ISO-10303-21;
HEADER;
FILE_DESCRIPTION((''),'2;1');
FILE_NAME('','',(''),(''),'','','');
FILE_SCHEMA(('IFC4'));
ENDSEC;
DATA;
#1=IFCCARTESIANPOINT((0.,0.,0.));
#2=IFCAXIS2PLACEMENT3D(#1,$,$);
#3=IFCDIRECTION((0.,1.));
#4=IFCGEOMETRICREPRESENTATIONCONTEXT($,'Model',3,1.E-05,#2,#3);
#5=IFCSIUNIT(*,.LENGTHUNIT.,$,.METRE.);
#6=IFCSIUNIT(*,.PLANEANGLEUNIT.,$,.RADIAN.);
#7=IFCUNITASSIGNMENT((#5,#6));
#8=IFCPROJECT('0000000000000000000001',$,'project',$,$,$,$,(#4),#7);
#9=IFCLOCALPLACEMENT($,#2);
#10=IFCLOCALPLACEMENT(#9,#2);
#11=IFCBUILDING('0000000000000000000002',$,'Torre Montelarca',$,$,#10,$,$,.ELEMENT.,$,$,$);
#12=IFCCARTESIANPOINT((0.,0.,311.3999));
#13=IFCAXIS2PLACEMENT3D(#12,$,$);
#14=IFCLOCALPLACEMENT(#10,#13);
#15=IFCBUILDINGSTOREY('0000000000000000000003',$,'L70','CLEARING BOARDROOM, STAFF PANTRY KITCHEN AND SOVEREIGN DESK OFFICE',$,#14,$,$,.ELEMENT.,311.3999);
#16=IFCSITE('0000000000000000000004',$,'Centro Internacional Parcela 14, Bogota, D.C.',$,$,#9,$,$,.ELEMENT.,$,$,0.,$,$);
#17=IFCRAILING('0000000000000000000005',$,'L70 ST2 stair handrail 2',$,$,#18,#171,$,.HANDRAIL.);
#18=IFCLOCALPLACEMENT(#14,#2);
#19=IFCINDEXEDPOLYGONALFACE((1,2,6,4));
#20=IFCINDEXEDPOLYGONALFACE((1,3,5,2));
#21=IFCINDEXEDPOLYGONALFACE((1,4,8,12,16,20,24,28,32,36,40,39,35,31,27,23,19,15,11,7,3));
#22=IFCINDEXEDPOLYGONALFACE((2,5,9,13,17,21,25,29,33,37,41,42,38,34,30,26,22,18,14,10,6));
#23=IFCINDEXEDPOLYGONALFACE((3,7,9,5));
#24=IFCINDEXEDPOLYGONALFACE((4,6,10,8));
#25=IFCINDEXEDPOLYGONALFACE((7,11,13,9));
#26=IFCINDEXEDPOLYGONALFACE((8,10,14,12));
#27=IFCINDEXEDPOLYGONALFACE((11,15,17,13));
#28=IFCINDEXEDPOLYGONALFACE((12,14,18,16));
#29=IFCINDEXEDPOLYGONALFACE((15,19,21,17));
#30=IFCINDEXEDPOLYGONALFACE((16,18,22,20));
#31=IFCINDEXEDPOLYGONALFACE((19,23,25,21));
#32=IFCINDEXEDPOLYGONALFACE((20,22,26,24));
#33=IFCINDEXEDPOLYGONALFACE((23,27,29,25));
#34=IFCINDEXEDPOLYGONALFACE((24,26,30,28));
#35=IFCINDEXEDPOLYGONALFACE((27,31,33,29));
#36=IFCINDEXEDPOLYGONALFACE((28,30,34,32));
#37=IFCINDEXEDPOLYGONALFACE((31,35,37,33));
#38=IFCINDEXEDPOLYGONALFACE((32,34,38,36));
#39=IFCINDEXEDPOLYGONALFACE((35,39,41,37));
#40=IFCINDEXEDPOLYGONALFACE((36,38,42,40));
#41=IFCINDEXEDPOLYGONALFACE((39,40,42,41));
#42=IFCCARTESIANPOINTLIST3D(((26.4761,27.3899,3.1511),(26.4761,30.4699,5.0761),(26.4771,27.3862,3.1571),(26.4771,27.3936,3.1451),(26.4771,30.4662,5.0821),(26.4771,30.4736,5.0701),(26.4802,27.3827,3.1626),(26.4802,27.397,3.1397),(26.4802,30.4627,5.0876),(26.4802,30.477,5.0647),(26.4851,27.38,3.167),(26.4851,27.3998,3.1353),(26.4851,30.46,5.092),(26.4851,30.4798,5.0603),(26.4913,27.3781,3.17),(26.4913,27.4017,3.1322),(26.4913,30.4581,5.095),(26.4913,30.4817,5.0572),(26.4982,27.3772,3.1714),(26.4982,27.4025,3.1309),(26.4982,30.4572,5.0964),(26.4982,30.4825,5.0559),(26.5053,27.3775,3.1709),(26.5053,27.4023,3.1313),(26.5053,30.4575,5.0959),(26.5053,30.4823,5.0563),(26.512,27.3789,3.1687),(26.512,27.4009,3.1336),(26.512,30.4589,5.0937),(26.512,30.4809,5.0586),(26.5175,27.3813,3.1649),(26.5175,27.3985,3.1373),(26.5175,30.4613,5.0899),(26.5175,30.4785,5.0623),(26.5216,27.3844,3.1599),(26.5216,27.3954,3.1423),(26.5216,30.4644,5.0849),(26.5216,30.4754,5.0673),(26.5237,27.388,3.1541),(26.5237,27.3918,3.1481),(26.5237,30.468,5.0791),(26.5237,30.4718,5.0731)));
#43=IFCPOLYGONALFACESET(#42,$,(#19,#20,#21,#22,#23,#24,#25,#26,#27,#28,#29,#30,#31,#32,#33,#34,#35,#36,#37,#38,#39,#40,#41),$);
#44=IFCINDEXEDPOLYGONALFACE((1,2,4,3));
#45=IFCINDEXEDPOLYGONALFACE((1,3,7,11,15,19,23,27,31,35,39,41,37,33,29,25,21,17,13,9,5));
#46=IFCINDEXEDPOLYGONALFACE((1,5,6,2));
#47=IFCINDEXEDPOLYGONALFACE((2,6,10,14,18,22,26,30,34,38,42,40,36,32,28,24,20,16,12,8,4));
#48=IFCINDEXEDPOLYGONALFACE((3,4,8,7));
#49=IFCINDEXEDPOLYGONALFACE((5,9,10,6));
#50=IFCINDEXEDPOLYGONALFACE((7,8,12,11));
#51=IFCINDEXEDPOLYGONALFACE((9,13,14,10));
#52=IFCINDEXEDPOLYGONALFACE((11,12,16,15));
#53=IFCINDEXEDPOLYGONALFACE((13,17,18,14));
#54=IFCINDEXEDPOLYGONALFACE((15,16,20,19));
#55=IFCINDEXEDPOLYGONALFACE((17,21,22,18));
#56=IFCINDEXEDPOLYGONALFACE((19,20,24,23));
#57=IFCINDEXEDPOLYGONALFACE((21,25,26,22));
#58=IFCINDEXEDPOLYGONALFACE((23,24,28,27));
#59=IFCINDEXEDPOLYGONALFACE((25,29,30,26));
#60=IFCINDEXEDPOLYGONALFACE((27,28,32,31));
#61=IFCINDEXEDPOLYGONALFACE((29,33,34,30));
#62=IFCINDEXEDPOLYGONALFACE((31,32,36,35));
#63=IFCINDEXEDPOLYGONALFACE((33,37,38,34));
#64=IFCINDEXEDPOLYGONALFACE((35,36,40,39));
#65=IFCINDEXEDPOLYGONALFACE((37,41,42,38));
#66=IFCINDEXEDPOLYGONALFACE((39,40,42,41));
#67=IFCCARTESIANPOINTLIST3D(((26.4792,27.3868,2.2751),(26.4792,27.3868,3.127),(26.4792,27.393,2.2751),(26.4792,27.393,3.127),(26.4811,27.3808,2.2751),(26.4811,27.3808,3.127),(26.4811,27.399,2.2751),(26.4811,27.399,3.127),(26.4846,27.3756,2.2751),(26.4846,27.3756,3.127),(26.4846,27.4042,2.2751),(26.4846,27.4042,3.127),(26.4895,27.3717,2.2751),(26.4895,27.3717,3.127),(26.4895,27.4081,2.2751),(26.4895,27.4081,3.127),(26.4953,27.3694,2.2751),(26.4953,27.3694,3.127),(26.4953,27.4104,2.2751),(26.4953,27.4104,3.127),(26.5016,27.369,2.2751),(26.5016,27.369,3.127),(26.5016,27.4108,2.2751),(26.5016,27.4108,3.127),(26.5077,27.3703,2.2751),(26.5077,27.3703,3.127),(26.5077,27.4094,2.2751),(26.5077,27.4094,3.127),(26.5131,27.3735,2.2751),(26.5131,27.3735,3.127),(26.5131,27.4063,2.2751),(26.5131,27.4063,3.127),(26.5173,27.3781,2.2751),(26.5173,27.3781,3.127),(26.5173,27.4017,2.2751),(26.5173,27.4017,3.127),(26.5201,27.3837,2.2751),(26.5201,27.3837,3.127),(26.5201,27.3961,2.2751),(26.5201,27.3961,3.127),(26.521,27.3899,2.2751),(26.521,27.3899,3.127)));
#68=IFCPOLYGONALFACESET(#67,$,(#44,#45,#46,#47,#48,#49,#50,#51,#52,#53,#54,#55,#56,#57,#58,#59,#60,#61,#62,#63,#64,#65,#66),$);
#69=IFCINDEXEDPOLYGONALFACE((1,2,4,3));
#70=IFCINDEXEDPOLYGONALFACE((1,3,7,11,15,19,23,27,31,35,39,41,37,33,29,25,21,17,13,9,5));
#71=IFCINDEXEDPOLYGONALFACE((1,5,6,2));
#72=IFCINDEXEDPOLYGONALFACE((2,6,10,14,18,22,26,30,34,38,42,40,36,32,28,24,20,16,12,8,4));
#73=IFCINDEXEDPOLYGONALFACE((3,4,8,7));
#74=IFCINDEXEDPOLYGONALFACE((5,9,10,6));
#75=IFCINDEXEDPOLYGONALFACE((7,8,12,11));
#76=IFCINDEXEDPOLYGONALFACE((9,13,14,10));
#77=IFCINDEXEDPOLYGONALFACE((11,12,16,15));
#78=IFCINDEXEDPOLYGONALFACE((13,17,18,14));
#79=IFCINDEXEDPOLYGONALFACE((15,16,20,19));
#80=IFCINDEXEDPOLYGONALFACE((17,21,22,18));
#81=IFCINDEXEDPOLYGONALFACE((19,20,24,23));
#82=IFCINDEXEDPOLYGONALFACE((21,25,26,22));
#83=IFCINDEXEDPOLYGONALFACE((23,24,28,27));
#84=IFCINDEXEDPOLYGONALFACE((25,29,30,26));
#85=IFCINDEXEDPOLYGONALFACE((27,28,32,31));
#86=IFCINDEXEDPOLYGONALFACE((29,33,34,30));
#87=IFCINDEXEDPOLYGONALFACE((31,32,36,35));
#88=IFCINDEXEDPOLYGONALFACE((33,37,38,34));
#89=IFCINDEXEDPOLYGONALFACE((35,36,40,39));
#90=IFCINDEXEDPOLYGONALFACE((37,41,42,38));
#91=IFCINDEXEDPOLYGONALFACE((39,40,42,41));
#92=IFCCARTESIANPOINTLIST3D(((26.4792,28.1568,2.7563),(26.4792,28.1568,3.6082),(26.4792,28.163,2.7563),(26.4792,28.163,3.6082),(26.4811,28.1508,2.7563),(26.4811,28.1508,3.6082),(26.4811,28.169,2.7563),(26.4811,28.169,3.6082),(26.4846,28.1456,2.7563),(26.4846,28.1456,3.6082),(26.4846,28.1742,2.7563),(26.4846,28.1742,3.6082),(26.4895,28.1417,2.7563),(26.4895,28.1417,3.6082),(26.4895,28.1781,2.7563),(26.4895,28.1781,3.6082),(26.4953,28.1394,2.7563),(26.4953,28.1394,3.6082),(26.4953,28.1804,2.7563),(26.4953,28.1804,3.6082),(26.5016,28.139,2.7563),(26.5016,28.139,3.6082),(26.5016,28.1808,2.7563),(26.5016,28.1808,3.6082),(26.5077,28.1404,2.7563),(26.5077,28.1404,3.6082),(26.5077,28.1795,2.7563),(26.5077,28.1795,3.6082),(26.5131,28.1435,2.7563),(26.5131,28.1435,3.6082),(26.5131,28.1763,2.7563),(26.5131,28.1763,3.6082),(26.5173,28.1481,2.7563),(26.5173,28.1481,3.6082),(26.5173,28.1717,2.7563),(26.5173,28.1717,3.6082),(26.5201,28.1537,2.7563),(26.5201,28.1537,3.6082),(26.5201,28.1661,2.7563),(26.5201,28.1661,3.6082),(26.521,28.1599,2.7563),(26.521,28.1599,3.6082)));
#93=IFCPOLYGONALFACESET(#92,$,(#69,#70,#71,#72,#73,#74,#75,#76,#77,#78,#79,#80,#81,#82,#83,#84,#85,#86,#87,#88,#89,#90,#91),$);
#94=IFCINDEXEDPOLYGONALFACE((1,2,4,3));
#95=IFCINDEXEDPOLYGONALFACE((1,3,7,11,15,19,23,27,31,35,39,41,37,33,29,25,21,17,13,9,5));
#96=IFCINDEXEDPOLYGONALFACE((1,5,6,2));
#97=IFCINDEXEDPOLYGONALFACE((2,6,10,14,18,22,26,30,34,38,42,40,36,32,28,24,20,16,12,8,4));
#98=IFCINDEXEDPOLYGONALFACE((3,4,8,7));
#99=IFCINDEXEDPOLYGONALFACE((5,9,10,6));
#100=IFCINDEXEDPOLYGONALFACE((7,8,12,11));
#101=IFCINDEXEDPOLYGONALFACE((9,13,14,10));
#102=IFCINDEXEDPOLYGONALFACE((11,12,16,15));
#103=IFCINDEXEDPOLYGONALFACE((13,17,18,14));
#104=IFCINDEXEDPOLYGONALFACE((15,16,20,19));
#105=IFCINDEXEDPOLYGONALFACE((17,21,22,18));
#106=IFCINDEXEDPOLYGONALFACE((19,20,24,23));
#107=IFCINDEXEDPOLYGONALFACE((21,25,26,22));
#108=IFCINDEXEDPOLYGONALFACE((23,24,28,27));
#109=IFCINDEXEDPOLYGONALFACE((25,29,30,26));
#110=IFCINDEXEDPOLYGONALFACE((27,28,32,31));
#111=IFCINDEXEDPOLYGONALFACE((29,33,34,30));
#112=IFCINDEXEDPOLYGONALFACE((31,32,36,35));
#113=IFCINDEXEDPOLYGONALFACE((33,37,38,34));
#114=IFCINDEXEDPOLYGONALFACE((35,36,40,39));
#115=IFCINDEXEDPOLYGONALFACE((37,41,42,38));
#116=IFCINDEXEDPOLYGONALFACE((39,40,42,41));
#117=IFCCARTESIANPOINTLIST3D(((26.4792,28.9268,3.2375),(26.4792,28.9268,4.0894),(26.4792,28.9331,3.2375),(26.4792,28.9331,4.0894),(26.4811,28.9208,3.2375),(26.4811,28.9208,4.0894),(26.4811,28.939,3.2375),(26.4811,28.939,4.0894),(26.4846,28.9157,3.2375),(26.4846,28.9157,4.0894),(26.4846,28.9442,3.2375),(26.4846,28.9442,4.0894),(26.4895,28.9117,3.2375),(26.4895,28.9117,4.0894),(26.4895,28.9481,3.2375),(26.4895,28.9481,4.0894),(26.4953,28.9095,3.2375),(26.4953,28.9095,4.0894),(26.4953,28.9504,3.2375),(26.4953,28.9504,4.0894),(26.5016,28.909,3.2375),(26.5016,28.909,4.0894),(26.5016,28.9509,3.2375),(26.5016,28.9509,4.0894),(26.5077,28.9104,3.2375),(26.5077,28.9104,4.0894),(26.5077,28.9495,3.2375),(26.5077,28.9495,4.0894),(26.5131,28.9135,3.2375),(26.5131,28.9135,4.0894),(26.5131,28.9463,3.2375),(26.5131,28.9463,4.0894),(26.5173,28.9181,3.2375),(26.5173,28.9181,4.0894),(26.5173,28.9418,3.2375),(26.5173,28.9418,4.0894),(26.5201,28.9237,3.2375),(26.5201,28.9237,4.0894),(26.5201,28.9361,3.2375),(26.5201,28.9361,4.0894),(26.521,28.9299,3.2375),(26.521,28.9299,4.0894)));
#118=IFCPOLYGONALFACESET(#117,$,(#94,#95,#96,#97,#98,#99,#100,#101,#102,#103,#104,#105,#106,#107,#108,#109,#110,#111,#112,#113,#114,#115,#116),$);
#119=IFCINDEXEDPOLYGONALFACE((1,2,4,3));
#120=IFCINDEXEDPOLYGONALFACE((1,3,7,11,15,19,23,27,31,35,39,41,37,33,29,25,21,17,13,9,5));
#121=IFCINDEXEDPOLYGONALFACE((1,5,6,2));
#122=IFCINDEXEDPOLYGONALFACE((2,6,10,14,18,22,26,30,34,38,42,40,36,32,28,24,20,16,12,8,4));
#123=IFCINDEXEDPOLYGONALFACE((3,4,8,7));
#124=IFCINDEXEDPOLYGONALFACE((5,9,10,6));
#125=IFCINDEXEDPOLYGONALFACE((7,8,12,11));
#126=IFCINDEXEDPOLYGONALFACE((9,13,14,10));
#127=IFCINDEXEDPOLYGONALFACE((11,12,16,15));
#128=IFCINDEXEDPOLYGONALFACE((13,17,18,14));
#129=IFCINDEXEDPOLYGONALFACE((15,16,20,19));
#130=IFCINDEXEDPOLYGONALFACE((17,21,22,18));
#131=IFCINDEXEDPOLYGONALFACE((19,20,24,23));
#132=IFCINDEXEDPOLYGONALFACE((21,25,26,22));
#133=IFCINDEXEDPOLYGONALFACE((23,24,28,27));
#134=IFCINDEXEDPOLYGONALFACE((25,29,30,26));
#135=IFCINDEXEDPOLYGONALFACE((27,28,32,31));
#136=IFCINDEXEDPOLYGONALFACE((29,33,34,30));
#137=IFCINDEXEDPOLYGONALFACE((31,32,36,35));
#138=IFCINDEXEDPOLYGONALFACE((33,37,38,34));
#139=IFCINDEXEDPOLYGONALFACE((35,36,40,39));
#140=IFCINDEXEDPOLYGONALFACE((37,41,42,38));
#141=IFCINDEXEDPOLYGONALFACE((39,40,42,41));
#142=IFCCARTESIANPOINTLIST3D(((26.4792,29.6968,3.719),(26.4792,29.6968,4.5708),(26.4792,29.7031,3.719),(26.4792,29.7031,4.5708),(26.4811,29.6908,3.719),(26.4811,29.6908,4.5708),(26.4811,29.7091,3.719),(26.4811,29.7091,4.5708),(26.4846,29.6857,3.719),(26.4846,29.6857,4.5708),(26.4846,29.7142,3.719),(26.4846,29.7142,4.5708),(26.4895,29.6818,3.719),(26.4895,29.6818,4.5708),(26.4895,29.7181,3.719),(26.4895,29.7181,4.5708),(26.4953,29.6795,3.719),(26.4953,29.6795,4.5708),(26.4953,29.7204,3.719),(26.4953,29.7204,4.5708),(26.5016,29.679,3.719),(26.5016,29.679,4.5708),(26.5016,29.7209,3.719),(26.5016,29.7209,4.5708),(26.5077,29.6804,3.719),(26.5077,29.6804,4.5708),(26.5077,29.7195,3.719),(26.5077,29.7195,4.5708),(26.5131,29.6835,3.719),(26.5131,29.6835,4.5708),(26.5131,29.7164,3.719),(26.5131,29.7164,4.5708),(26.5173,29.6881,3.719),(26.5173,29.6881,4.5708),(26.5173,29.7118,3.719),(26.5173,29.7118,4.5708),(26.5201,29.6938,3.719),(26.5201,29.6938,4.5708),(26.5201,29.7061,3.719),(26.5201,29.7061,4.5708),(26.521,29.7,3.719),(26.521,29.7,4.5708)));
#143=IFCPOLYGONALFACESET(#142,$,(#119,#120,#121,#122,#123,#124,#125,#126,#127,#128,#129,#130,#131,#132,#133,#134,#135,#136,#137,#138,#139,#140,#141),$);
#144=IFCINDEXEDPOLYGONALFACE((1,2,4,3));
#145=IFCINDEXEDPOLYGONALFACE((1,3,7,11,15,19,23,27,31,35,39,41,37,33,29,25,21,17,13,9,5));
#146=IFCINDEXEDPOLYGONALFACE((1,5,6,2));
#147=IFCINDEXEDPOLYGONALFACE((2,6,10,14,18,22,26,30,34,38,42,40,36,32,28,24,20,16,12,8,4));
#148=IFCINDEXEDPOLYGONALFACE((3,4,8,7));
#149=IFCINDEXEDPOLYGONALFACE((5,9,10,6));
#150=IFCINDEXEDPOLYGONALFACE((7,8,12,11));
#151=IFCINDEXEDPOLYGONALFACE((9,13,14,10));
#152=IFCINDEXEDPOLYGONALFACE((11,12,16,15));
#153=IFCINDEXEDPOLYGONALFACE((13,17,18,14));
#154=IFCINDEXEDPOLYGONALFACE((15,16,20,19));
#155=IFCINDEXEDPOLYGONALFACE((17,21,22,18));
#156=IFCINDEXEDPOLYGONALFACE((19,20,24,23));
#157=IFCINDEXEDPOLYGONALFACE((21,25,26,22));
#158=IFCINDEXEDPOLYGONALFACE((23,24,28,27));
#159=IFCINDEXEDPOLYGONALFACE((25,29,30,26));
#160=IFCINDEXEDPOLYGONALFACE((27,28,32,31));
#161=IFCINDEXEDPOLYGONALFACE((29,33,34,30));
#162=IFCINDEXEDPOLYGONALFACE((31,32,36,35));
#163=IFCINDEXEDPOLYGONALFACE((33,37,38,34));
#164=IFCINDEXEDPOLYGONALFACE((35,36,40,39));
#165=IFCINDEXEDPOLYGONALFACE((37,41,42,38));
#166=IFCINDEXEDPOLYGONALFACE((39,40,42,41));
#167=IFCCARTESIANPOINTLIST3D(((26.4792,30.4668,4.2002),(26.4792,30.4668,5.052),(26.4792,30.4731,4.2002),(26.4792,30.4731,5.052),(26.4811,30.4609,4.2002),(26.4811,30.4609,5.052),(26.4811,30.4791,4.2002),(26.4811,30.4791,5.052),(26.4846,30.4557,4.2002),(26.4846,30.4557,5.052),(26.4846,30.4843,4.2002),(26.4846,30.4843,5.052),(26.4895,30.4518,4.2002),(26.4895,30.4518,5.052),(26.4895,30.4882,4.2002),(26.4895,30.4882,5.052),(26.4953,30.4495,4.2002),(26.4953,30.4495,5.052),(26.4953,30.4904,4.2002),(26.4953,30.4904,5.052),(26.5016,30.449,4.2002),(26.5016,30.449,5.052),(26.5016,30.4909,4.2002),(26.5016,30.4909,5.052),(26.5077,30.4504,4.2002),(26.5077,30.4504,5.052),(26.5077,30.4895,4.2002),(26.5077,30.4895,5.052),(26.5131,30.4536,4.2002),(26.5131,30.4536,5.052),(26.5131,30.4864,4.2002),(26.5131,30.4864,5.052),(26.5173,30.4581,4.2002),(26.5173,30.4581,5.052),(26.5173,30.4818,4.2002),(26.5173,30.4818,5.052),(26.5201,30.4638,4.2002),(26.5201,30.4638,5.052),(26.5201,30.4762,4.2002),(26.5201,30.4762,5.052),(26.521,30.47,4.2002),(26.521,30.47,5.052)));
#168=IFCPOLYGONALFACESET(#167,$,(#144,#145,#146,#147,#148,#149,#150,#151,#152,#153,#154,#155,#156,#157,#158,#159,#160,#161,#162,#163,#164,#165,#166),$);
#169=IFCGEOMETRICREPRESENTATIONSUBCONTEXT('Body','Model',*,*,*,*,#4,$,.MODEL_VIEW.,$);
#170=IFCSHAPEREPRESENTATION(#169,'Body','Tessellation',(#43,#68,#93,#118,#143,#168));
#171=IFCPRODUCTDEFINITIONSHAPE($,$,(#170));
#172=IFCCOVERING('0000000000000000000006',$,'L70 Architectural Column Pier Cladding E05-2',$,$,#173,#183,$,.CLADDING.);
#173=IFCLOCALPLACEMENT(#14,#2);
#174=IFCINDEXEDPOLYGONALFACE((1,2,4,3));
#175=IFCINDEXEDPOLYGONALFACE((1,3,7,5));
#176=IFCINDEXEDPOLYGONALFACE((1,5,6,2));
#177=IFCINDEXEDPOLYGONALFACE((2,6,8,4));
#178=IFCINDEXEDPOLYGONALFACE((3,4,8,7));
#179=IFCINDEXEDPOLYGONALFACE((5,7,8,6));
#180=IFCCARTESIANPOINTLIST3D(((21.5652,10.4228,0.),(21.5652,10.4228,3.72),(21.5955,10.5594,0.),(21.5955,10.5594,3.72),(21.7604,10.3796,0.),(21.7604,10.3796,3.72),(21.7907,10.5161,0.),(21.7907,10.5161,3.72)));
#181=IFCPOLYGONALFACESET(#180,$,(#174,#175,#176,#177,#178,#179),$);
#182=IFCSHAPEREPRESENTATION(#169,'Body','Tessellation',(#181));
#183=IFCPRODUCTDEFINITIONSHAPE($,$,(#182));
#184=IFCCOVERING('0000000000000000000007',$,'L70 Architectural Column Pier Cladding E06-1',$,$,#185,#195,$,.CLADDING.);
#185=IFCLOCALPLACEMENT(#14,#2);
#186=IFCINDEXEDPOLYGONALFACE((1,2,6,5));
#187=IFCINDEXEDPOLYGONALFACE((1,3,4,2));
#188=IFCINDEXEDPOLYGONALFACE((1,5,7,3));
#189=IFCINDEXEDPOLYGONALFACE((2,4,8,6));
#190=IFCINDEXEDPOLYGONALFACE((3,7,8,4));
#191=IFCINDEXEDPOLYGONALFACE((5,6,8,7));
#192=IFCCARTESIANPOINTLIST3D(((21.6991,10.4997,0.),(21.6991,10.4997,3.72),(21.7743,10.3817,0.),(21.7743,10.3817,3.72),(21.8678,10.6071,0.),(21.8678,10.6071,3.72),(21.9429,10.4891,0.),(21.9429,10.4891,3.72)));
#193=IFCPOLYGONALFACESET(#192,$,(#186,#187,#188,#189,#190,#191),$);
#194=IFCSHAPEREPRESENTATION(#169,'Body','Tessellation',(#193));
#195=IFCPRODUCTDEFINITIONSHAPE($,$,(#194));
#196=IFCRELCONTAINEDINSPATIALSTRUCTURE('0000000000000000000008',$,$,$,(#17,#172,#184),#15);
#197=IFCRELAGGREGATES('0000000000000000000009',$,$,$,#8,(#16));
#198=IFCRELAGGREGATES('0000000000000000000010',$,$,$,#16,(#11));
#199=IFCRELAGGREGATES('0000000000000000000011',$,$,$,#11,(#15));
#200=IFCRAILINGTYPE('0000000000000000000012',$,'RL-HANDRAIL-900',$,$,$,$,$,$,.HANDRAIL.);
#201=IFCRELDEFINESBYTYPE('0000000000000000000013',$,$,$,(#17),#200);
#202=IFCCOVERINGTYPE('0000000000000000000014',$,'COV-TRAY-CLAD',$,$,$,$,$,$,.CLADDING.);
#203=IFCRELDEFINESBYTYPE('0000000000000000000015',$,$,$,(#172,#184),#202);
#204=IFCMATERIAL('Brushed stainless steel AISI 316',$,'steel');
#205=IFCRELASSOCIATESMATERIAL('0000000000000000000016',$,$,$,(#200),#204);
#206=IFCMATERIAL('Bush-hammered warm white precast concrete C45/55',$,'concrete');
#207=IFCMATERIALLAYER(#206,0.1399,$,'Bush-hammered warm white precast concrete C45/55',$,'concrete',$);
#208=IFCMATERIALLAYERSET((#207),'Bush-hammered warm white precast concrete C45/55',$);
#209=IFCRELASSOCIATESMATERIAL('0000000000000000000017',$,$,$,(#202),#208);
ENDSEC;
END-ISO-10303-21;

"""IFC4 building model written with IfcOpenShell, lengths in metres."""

from ifc_helpers import new_model, si_unit, direction, frame, origin, origin_2d, place, context, subcontext, project, spatial, rectangle, circle, extrude, source, transform, mapped, material, layer, layer_set, type_object, element, save


model = new_model("IFC4")

# Units and contexts
model_context = context("Model", 3, precision=1e-05, world=origin(), true_north=direction((0.0, 1.0)))
body_context = subcontext(model_context, "Body", "Model", "MODEL_VIEW")
ifc_project = project(units=[si_unit("LENGTHUNIT", "METRE"), si_unit("PLANEANGLEUNIT", "RADIAN")], contexts=[model_context])

# Site, building, storey
site_placement = place(None, origin())
site = spatial("IfcSite", under=ifc_project, at=site_placement, Name="Centro Internacional Parcela 14, Bogota, D.C.", CompositionType="ELEMENT", RefElevation=0.0)
building_placement = place(site_placement, origin())
building = spatial("IfcBuilding", under=site, at=building_placement, Name="Torre Montelarca", CompositionType="ELEMENT")
storey_placement = place(building_placement, frame((0.0, 0.0, 311.3999)))
storey = spatial("IfcBuildingStorey", under=building, at=storey_placement, Name="L70", Description="CLEARING BOARDROOM, STAFF PANTRY KITCHEN AND SOVEREIGN DESK OFFICE", CompositionType="ELEMENT", Elevation=311.3999)

# Railing
ifc_material_1 = material(Name="Brushed stainless steel AISI 316", Category="steel")
railing_type_1 = type_object("IfcRailingType", Name="RL-HANDRAIL-900", PredefinedType="HANDRAIL", material=ifc_material_1)
railing_1_placement = place(storey_placement, frame((26.5, 27.3899, 2.2751)))
element("IfcRailing", 1, at=railing_1_placement, inside=storey, type_object=railing_type_1, Name="L70 ST2 stair handrail 2", PredefinedType="HANDRAIL", context=body_context, shape_type="SweptSolid", body=[
    extrude(circle(Radius=0.0239, at=origin_2d()), frame((0.0, 0.0, 0.876), z_axis=(0.0, 0.847998, 0.529999), x_axis=(-1.0, 0.0, 0.0)), (0.0, 0.0, 1.0), 3.6321),
    extrude(circle(Radius=0.021, at=origin_2d()), origin(), (0.0, 0.0, 1.0), 0.8518),
    extrude(circle(Radius=0.021, at=origin_2d()), frame((0.0, 0.77, 0.4812)), (0.0, 0.0, 1.0), 0.8518),
    extrude(circle(Radius=0.021, at=origin_2d()), frame((0.0, 1.54, 0.9624)), (0.0, 0.0, 1.0), 0.8518),
    extrude(circle(Radius=0.021, at=origin_2d()), frame((0.0, 2.3101, 1.4438)), (0.0, 0.0, 1.0), 0.8518),
    extrude(circle(Radius=0.021, at=origin_2d()), frame((0.0, 3.0801, 1.925)), (0.0, 0.0, 1.0), 0.8518),
])

# Coverings
ifc_material_2 = material(Name="Bush-hammered warm white precast concrete C45/55", Category="concrete")
ifc_layer_1 = layer(ifc_material_2, 0.1399, Name="Bush-hammered warm white precast concrete C45/55", Category="concrete")
ifc_layer_set_1 = layer_set([ifc_layer_1], Name="Bush-hammered warm white precast concrete C45/55")
covering_type = type_object("IfcCoveringType", Name="COV-TRAY-CLAD", PredefinedType="CLADDING", material=ifc_layer_set_1)
shared_shape_1 = source(origin(), body_context, "Body", "SweptSolid", [
    extrude(rectangle(XDim=0.2, YDim=0.1399, at=origin_2d()), origin(), (0.0, 0.0, 1.0), 3.72),
])
for number, where, z_axis, x_axis, name in (
    (2, (21.678, 10.4695, 0.0), (0.0, 0.0, 1.0), (0.976299, -0.216426, 0.0), "L70 Architectural Column Pier Cladding E05-2"),
    (3, (21.821, 10.4944, 0.0), (0.0, 0.0, 1.0), (0.843391, 0.537301, 0.0), "L70 Architectural Column Pier Cladding E06-1"),
):
    element("IfcCovering", number, at=place(storey_placement, frame(where, z_axis=z_axis, x_axis=x_axis)), inside=storey, type_object=covering_type, Name=name, PredefinedType="CLADDING", context=body_context, shape_type="MappedRepresentation", body=[
        mapped(shared_shape_1, transform((0.0, 0.0, 0.0), scale=1.0)),
    ])

save(model, "model.ifc")
